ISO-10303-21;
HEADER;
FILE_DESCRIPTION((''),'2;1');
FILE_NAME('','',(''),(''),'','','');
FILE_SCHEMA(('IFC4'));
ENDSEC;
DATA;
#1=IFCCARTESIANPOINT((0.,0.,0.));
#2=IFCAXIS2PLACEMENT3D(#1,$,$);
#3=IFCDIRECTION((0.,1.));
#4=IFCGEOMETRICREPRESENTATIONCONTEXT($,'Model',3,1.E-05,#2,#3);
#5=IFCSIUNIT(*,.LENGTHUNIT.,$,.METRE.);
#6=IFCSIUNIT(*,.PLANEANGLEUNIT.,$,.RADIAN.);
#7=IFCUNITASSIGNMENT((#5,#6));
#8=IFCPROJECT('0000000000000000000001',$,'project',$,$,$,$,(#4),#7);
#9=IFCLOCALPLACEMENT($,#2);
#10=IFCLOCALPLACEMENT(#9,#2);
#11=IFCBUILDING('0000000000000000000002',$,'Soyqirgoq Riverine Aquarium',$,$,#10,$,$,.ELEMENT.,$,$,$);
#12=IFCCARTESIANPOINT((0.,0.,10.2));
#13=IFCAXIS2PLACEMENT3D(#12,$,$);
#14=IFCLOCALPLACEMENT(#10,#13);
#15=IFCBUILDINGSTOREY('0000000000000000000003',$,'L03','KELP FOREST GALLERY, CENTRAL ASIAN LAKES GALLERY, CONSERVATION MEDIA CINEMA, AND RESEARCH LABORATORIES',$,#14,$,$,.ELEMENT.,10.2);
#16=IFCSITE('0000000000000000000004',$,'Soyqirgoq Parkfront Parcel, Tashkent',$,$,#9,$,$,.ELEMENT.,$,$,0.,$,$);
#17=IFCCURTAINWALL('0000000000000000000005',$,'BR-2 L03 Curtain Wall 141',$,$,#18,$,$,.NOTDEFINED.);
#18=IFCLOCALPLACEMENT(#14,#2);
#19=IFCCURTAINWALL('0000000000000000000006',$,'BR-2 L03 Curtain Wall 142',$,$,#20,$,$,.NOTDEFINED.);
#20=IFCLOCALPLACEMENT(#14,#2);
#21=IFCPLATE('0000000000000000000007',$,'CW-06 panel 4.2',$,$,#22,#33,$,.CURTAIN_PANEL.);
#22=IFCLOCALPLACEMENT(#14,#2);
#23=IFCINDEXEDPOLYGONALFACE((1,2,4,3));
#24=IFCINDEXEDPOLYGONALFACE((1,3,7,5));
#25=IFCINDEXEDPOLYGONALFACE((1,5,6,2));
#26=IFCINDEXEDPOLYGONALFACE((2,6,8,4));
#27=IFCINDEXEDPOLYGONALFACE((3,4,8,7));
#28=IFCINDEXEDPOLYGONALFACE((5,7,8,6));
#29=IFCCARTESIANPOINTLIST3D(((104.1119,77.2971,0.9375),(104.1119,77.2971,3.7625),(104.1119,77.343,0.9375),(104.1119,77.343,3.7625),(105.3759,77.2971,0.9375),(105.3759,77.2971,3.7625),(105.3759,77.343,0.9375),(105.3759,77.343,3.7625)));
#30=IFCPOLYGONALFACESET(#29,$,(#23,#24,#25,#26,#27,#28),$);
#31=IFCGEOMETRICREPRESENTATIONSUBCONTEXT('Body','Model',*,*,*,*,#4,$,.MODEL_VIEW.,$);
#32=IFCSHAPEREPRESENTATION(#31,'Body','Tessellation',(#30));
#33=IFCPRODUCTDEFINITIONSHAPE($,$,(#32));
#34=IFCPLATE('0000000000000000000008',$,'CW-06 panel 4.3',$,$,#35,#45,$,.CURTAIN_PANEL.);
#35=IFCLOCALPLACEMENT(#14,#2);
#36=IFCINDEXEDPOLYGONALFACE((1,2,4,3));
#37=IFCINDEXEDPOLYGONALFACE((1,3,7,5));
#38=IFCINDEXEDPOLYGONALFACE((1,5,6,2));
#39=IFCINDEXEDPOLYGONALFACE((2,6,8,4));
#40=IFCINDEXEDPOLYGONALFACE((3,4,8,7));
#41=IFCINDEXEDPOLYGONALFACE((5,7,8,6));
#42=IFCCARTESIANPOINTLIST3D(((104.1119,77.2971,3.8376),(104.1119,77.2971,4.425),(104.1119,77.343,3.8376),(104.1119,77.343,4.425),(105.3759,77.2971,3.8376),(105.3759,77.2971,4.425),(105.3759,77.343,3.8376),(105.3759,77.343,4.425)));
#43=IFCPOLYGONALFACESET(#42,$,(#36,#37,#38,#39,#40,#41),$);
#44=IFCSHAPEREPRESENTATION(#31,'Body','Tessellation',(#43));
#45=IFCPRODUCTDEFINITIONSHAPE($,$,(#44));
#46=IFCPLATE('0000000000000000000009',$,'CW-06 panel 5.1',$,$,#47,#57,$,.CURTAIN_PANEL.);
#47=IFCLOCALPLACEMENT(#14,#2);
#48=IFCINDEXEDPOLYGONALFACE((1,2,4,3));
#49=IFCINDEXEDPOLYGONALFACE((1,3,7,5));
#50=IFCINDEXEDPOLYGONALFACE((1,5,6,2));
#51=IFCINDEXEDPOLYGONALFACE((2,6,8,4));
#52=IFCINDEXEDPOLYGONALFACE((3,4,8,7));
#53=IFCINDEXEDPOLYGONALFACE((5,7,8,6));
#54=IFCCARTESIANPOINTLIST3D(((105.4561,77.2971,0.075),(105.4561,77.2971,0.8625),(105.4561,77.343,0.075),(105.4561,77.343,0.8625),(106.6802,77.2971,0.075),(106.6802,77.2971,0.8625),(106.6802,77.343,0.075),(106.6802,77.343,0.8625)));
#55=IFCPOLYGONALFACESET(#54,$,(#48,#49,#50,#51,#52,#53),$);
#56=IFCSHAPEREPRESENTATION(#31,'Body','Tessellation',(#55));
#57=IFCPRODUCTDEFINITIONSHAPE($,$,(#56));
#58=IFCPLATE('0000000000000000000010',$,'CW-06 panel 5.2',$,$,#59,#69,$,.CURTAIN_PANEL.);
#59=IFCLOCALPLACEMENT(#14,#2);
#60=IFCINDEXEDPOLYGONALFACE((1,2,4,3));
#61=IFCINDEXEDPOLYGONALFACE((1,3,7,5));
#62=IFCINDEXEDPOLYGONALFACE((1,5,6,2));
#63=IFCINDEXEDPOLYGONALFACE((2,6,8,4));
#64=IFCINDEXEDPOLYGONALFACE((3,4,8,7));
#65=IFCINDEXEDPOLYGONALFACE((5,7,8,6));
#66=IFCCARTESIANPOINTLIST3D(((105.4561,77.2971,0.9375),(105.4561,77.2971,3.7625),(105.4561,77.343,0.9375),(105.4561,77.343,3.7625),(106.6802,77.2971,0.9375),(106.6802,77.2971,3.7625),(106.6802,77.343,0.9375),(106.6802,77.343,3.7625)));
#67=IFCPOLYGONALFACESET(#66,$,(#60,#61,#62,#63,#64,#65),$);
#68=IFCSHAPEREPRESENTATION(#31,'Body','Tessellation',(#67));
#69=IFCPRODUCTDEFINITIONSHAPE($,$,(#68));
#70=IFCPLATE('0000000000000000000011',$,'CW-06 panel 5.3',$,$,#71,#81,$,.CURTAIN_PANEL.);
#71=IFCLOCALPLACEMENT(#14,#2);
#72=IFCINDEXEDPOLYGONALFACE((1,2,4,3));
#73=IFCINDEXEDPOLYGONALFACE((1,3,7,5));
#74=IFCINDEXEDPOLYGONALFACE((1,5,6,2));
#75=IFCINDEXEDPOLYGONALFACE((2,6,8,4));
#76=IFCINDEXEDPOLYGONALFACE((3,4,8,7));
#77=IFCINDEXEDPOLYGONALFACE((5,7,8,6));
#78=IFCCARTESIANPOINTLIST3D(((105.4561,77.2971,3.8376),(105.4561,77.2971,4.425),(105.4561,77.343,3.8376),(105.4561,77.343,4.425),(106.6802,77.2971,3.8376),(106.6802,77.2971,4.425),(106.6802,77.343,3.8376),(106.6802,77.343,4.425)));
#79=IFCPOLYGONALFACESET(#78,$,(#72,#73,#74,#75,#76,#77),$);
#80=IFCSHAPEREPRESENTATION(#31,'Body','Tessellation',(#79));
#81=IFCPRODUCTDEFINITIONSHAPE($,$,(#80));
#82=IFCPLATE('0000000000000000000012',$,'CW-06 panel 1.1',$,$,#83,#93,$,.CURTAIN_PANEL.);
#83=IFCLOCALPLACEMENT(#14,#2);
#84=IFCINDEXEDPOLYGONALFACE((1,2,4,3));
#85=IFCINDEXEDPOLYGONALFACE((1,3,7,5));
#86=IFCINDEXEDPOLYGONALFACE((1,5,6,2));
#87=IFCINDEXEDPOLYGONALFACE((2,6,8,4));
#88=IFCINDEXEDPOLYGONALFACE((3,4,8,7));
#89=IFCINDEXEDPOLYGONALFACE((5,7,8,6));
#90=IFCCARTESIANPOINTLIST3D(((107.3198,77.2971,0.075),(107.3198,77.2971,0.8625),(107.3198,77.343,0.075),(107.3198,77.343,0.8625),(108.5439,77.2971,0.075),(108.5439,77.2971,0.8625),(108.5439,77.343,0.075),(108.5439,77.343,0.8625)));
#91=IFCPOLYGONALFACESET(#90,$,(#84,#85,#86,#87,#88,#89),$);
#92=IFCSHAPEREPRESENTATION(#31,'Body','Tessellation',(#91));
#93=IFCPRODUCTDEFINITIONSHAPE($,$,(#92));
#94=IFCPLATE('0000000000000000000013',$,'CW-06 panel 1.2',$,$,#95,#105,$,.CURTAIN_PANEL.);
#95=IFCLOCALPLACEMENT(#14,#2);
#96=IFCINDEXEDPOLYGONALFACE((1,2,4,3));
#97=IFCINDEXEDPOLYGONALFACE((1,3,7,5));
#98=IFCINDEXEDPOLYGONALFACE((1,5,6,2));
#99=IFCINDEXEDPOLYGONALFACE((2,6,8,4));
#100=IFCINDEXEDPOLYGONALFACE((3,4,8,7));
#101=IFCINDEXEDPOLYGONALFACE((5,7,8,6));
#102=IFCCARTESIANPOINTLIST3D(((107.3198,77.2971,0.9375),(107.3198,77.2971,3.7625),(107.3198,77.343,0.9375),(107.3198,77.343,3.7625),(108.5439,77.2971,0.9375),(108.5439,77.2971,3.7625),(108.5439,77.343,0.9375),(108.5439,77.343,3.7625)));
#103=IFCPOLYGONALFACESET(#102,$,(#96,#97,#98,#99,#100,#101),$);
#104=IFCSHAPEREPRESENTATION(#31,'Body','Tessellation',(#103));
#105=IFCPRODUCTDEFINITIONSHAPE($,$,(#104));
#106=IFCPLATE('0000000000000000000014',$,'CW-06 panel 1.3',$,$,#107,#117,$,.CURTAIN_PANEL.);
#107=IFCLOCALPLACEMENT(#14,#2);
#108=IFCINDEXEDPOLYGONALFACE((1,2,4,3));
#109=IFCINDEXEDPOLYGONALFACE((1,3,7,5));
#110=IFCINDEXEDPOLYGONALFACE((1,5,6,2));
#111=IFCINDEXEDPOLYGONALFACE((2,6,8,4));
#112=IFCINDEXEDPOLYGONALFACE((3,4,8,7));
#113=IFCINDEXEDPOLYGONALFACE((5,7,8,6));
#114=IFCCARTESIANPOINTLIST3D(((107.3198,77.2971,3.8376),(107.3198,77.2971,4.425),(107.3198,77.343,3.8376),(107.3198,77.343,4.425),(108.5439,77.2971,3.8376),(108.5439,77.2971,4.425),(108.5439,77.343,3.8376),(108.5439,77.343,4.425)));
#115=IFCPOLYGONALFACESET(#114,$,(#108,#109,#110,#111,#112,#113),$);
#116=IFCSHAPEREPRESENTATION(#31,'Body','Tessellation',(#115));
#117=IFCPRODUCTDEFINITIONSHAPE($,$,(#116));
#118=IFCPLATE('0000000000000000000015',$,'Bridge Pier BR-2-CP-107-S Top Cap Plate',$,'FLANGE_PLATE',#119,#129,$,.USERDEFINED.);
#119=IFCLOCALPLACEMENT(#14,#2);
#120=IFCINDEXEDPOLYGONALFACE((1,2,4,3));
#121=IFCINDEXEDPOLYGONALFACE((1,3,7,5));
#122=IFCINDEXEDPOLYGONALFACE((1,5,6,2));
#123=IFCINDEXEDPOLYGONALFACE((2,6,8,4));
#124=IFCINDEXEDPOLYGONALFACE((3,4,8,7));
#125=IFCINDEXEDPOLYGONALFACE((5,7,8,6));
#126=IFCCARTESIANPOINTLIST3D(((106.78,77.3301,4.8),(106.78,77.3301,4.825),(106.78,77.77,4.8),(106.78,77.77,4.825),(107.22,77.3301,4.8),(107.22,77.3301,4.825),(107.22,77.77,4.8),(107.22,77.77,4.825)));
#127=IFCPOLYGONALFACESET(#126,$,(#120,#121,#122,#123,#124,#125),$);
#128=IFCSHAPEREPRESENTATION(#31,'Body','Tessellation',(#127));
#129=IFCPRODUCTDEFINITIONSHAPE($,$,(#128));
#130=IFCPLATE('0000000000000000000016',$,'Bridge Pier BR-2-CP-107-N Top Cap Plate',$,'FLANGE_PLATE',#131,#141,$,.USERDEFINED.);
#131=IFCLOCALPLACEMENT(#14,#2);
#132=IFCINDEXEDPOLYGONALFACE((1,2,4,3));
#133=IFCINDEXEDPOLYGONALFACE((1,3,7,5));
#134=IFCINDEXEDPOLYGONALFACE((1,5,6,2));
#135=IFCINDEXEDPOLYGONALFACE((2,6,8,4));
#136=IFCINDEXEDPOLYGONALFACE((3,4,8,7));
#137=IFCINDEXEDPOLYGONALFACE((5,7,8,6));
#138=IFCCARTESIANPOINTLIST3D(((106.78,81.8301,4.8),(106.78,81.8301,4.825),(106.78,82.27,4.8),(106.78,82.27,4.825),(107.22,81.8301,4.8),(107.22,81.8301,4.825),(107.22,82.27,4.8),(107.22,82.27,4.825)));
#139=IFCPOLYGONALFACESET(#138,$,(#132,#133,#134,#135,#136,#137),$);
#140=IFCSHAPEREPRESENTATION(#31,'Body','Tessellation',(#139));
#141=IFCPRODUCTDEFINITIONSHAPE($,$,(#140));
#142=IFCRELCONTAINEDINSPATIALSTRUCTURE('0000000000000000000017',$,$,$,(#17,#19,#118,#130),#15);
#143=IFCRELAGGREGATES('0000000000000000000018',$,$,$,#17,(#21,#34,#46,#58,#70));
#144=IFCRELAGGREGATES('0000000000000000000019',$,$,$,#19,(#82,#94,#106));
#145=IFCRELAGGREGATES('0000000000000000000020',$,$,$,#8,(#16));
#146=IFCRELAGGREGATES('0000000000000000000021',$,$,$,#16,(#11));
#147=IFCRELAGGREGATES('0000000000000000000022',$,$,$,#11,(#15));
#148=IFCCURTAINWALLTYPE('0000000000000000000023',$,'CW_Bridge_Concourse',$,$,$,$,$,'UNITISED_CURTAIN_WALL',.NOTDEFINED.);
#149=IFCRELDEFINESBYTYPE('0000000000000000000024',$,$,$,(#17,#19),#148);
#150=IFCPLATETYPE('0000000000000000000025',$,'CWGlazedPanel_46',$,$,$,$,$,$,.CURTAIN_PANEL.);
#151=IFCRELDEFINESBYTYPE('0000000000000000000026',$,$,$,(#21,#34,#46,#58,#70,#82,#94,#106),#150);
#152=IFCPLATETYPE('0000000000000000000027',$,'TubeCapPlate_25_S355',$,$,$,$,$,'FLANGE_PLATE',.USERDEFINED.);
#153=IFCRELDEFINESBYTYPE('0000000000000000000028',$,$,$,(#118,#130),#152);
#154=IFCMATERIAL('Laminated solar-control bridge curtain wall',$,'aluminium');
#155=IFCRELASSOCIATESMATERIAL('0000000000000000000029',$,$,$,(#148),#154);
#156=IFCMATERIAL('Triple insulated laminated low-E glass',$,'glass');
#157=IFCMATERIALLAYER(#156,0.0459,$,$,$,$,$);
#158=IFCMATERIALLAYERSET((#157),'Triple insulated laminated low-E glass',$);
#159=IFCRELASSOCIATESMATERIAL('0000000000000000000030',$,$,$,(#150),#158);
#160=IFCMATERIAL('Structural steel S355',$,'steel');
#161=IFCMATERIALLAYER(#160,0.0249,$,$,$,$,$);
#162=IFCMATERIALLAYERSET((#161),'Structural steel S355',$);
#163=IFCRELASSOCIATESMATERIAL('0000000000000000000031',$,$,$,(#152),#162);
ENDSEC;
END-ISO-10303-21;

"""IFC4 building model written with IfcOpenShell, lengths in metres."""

from ifc_helpers import new_model, si_unit, direction, frame, origin, origin_2d, place, context, subcontext, project, spatial, rectangle, extrude, material, layer, layer_set, type_object, element, aggregate, save


model = new_model("IFC4")

# Units and contexts
model_context = context("Model", 3, precision=1e-05, world=origin(), true_north=direction((0.0, 1.0)))
body_context = subcontext(model_context, "Body", "Model", "MODEL_VIEW")
ifc_project = project(units=[si_unit("LENGTHUNIT", "METRE"), si_unit("PLANEANGLEUNIT", "RADIAN")], contexts=[model_context])

# Site, building, storey
site_placement = place(None, origin())
site = spatial("IfcSite", under=ifc_project, at=site_placement, Name="Soyqirgoq Parkfront Parcel, Tashkent", CompositionType="ELEMENT", RefElevation=0.0)
building_placement = place(site_placement, origin())
building = spatial("IfcBuilding", under=site, at=building_placement, Name="Soyqirgoq Riverine Aquarium", CompositionType="ELEMENT")
storey_placement = place(building_placement, frame((0.0, 0.0, 10.2)))
storey = spatial("IfcBuildingStorey", under=building, at=storey_placement, Name="L03", Description="KELP FOREST GALLERY, CENTRAL ASIAN LAKES GALLERY, CONSERVATION MEDIA CINEMA, AND RESEARCH LABORATORIES", CompositionType="ELEMENT", Elevation=10.2)

# Curtain wall
ifc_material_1 = material(Name="Laminated solar-control bridge curtain wall", Category="aluminium")
curtain_wall_type = type_object("IfcCurtainWallType", Name="CW_Bridge_Concourse", ElementType="UNITISED_CURTAIN_WALL", PredefinedType="NOTDEFINED", material=ifc_material_1)
curtain_wall_1_placement = place(storey_placement, origin())
curtain_wall_1 = element("IfcCurtainWall", 1, at=curtain_wall_1_placement, inside=storey, type_object=curtain_wall_type, Name="BR-2 L03 Curtain Wall 141", PredefinedType="NOTDEFINED")

# Curtain wall
curtain_wall_2_placement = place(storey_placement, origin())
curtain_wall_2 = element("IfcCurtainWall", 2, at=curtain_wall_2_placement, inside=storey, type_object=curtain_wall_type, Name="BR-2 L03 Curtain Wall 142", PredefinedType="NOTDEFINED")

# Plates
ifc_material_2 = material(Name="Triple insulated laminated low-E glass", Category="glass")
ifc_layer_1 = layer(ifc_material_2, 0.0459)
ifc_layer_set_1 = layer_set([ifc_layer_1], Name="Triple insulated laminated low-E glass")
plate_type_1 = type_object("IfcPlateType", Name="CWGlazedPanel_46", PredefinedType="CURTAIN_PANEL", material=ifc_layer_set_1)
plate_1_placement = place(storey_placement, frame((104.7439, 77.3201, 0.9375), z_axis=(0.0, 0.0, 1.0), x_axis=(1.0, 0.0, 0.0)))
plate_1 = element("IfcPlate", 3, at=plate_1_placement, type_object=plate_type_1, Name="CW-06 panel 4.2", PredefinedType="CURTAIN_PANEL", context=body_context, shape_type="SweptSolid", body=[
    extrude(rectangle(XDim=1.2639, YDim=0.0459, at=origin_2d()), origin(), (0.0, 0.0, 1.0), 2.825),
])
plate_2_placement = place(storey_placement, frame((104.7439, 77.3201, 3.8376), z_axis=(0.0, 0.0, 1.0), x_axis=(1.0, 0.0, 0.0)))
plate_2 = element("IfcPlate", 4, at=plate_2_placement, type_object=plate_type_1, Name="CW-06 panel 4.3", PredefinedType="CURTAIN_PANEL", context=body_context, shape_type="SweptSolid", body=[
    extrude(rectangle(XDim=1.2639, YDim=0.0459, at=origin_2d()), origin(), (0.0, 0.0, 1.0), 0.5874),
])
plate_3_placement = place(storey_placement, frame((106.0681, 77.3201, 0.075), z_axis=(0.0, 0.0, 1.0), x_axis=(1.0, 0.0, 0.0)))
plate_3 = element("IfcPlate", 5, at=plate_3_placement, type_object=plate_type_1, Name="CW-06 panel 5.1", PredefinedType="CURTAIN_PANEL", context=body_context, shape_type="SweptSolid", body=[
    extrude(rectangle(XDim=1.2241, YDim=0.0459, at=origin_2d()), origin(), (0.0, 0.0, 1.0), 0.7876),
])
plate_4_placement = place(storey_placement, frame((106.0681, 77.3201, 0.9375), z_axis=(0.0, 0.0, 1.0), x_axis=(1.0, 0.0, 0.0)))
plate_4 = element("IfcPlate", 6, at=plate_4_placement, type_object=plate_type_1, Name="CW-06 panel 5.2", PredefinedType="CURTAIN_PANEL", context=body_context, shape_type="SweptSolid", body=[
    extrude(rectangle(XDim=1.2241, YDim=0.0459, at=origin_2d()), origin(), (0.0, 0.0, 1.0), 2.825),
])
plate_5_placement = place(storey_placement, frame((106.0681, 77.3201, 3.8376), z_axis=(0.0, 0.0, 1.0), x_axis=(1.0, 0.0, 0.0)))
plate_5 = element("IfcPlate", 7, at=plate_5_placement, type_object=plate_type_1, Name="CW-06 panel 5.3", PredefinedType="CURTAIN_PANEL", context=body_context, shape_type="SweptSolid", body=[
    extrude(rectangle(XDim=1.2241, YDim=0.0459, at=origin_2d()), origin(), (0.0, 0.0, 1.0), 0.5874),
])
aggregate(curtain_wall_1, [plate_1, plate_2, plate_3, plate_4, plate_5])
plate_6_placement = place(storey_placement, frame((107.9319, 77.3201, 0.075), z_axis=(0.0, 0.0, 1.0), x_axis=(1.0, 0.0, 0.0)))
plate_6 = element("IfcPlate", 8, at=plate_6_placement, type_object=plate_type_1, Name="CW-06 panel 1.1", PredefinedType="CURTAIN_PANEL", context=body_context, shape_type="SweptSolid", body=[
    extrude(rectangle(XDim=1.2241, YDim=0.0459, at=origin_2d()), origin(), (0.0, 0.0, 1.0), 0.7876),
])
plate_7_placement = place(storey_placement, frame((107.9319, 77.3201, 0.9375), z_axis=(0.0, 0.0, 1.0), x_axis=(1.0, 0.0, 0.0)))
plate_7 = element("IfcPlate", 9, at=plate_7_placement, type_object=plate_type_1, Name="CW-06 panel 1.2", PredefinedType="CURTAIN_PANEL", context=body_context, shape_type="SweptSolid", body=[
    extrude(rectangle(XDim=1.2241, YDim=0.0459, at=origin_2d()), origin(), (0.0, 0.0, 1.0), 2.825),
])
plate_8_placement = place(storey_placement, frame((107.9319, 77.3201, 3.8376), z_axis=(0.0, 0.0, 1.0), x_axis=(1.0, 0.0, 0.0)))
plate_8 = element("IfcPlate", 10, at=plate_8_placement, type_object=plate_type_1, Name="CW-06 panel 1.3", PredefinedType="CURTAIN_PANEL", context=body_context, shape_type="SweptSolid", body=[
    extrude(rectangle(XDim=1.2241, YDim=0.0459, at=origin_2d()), origin(), (0.0, 0.0, 1.0), 0.5874),
])
aggregate(curtain_wall_2, [plate_6, plate_7, plate_8])

# Plates
ifc_material_3 = material(Name="Structural steel S355", Category="steel")
ifc_layer_2 = layer(ifc_material_3, 0.0249)
ifc_layer_set_2 = layer_set([ifc_layer_2], Name="Structural steel S355")
plate_type_2 = type_object("IfcPlateType", Name="TubeCapPlate_25_S355", ElementType="FLANGE_PLATE", PredefinedType="USERDEFINED", material=ifc_layer_set_2)
for number, where, z_axis, x_axis, name in (
    (11, (107.0, 77.55, 4.8), (0.0, 0.0, 1.0), (1.0, 0.0, 0.0), "Bridge Pier BR-2-CP-107-S Top Cap Plate"),
    (12, (107.0, 82.05, 4.8), (0.0, 0.0, 1.0), (1.0, 0.0, 0.0), "Bridge Pier BR-2-CP-107-N Top Cap Plate"),
):
    element("IfcPlate", number, at=place(storey_placement, frame(where, z_axis=z_axis, x_axis=x_axis)), inside=storey, type_object=plate_type_2, Name=name, ObjectType="FLANGE_PLATE", PredefinedType="USERDEFINED", context=body_context, shape_type="SweptSolid", body=[
        extrude(rectangle(XDim=0.4399, YDim=0.4399, at=origin_2d()), origin(), (0.0, 0.0, 1.0), 0.0249),
    ])

save(model, "model.ifc")
